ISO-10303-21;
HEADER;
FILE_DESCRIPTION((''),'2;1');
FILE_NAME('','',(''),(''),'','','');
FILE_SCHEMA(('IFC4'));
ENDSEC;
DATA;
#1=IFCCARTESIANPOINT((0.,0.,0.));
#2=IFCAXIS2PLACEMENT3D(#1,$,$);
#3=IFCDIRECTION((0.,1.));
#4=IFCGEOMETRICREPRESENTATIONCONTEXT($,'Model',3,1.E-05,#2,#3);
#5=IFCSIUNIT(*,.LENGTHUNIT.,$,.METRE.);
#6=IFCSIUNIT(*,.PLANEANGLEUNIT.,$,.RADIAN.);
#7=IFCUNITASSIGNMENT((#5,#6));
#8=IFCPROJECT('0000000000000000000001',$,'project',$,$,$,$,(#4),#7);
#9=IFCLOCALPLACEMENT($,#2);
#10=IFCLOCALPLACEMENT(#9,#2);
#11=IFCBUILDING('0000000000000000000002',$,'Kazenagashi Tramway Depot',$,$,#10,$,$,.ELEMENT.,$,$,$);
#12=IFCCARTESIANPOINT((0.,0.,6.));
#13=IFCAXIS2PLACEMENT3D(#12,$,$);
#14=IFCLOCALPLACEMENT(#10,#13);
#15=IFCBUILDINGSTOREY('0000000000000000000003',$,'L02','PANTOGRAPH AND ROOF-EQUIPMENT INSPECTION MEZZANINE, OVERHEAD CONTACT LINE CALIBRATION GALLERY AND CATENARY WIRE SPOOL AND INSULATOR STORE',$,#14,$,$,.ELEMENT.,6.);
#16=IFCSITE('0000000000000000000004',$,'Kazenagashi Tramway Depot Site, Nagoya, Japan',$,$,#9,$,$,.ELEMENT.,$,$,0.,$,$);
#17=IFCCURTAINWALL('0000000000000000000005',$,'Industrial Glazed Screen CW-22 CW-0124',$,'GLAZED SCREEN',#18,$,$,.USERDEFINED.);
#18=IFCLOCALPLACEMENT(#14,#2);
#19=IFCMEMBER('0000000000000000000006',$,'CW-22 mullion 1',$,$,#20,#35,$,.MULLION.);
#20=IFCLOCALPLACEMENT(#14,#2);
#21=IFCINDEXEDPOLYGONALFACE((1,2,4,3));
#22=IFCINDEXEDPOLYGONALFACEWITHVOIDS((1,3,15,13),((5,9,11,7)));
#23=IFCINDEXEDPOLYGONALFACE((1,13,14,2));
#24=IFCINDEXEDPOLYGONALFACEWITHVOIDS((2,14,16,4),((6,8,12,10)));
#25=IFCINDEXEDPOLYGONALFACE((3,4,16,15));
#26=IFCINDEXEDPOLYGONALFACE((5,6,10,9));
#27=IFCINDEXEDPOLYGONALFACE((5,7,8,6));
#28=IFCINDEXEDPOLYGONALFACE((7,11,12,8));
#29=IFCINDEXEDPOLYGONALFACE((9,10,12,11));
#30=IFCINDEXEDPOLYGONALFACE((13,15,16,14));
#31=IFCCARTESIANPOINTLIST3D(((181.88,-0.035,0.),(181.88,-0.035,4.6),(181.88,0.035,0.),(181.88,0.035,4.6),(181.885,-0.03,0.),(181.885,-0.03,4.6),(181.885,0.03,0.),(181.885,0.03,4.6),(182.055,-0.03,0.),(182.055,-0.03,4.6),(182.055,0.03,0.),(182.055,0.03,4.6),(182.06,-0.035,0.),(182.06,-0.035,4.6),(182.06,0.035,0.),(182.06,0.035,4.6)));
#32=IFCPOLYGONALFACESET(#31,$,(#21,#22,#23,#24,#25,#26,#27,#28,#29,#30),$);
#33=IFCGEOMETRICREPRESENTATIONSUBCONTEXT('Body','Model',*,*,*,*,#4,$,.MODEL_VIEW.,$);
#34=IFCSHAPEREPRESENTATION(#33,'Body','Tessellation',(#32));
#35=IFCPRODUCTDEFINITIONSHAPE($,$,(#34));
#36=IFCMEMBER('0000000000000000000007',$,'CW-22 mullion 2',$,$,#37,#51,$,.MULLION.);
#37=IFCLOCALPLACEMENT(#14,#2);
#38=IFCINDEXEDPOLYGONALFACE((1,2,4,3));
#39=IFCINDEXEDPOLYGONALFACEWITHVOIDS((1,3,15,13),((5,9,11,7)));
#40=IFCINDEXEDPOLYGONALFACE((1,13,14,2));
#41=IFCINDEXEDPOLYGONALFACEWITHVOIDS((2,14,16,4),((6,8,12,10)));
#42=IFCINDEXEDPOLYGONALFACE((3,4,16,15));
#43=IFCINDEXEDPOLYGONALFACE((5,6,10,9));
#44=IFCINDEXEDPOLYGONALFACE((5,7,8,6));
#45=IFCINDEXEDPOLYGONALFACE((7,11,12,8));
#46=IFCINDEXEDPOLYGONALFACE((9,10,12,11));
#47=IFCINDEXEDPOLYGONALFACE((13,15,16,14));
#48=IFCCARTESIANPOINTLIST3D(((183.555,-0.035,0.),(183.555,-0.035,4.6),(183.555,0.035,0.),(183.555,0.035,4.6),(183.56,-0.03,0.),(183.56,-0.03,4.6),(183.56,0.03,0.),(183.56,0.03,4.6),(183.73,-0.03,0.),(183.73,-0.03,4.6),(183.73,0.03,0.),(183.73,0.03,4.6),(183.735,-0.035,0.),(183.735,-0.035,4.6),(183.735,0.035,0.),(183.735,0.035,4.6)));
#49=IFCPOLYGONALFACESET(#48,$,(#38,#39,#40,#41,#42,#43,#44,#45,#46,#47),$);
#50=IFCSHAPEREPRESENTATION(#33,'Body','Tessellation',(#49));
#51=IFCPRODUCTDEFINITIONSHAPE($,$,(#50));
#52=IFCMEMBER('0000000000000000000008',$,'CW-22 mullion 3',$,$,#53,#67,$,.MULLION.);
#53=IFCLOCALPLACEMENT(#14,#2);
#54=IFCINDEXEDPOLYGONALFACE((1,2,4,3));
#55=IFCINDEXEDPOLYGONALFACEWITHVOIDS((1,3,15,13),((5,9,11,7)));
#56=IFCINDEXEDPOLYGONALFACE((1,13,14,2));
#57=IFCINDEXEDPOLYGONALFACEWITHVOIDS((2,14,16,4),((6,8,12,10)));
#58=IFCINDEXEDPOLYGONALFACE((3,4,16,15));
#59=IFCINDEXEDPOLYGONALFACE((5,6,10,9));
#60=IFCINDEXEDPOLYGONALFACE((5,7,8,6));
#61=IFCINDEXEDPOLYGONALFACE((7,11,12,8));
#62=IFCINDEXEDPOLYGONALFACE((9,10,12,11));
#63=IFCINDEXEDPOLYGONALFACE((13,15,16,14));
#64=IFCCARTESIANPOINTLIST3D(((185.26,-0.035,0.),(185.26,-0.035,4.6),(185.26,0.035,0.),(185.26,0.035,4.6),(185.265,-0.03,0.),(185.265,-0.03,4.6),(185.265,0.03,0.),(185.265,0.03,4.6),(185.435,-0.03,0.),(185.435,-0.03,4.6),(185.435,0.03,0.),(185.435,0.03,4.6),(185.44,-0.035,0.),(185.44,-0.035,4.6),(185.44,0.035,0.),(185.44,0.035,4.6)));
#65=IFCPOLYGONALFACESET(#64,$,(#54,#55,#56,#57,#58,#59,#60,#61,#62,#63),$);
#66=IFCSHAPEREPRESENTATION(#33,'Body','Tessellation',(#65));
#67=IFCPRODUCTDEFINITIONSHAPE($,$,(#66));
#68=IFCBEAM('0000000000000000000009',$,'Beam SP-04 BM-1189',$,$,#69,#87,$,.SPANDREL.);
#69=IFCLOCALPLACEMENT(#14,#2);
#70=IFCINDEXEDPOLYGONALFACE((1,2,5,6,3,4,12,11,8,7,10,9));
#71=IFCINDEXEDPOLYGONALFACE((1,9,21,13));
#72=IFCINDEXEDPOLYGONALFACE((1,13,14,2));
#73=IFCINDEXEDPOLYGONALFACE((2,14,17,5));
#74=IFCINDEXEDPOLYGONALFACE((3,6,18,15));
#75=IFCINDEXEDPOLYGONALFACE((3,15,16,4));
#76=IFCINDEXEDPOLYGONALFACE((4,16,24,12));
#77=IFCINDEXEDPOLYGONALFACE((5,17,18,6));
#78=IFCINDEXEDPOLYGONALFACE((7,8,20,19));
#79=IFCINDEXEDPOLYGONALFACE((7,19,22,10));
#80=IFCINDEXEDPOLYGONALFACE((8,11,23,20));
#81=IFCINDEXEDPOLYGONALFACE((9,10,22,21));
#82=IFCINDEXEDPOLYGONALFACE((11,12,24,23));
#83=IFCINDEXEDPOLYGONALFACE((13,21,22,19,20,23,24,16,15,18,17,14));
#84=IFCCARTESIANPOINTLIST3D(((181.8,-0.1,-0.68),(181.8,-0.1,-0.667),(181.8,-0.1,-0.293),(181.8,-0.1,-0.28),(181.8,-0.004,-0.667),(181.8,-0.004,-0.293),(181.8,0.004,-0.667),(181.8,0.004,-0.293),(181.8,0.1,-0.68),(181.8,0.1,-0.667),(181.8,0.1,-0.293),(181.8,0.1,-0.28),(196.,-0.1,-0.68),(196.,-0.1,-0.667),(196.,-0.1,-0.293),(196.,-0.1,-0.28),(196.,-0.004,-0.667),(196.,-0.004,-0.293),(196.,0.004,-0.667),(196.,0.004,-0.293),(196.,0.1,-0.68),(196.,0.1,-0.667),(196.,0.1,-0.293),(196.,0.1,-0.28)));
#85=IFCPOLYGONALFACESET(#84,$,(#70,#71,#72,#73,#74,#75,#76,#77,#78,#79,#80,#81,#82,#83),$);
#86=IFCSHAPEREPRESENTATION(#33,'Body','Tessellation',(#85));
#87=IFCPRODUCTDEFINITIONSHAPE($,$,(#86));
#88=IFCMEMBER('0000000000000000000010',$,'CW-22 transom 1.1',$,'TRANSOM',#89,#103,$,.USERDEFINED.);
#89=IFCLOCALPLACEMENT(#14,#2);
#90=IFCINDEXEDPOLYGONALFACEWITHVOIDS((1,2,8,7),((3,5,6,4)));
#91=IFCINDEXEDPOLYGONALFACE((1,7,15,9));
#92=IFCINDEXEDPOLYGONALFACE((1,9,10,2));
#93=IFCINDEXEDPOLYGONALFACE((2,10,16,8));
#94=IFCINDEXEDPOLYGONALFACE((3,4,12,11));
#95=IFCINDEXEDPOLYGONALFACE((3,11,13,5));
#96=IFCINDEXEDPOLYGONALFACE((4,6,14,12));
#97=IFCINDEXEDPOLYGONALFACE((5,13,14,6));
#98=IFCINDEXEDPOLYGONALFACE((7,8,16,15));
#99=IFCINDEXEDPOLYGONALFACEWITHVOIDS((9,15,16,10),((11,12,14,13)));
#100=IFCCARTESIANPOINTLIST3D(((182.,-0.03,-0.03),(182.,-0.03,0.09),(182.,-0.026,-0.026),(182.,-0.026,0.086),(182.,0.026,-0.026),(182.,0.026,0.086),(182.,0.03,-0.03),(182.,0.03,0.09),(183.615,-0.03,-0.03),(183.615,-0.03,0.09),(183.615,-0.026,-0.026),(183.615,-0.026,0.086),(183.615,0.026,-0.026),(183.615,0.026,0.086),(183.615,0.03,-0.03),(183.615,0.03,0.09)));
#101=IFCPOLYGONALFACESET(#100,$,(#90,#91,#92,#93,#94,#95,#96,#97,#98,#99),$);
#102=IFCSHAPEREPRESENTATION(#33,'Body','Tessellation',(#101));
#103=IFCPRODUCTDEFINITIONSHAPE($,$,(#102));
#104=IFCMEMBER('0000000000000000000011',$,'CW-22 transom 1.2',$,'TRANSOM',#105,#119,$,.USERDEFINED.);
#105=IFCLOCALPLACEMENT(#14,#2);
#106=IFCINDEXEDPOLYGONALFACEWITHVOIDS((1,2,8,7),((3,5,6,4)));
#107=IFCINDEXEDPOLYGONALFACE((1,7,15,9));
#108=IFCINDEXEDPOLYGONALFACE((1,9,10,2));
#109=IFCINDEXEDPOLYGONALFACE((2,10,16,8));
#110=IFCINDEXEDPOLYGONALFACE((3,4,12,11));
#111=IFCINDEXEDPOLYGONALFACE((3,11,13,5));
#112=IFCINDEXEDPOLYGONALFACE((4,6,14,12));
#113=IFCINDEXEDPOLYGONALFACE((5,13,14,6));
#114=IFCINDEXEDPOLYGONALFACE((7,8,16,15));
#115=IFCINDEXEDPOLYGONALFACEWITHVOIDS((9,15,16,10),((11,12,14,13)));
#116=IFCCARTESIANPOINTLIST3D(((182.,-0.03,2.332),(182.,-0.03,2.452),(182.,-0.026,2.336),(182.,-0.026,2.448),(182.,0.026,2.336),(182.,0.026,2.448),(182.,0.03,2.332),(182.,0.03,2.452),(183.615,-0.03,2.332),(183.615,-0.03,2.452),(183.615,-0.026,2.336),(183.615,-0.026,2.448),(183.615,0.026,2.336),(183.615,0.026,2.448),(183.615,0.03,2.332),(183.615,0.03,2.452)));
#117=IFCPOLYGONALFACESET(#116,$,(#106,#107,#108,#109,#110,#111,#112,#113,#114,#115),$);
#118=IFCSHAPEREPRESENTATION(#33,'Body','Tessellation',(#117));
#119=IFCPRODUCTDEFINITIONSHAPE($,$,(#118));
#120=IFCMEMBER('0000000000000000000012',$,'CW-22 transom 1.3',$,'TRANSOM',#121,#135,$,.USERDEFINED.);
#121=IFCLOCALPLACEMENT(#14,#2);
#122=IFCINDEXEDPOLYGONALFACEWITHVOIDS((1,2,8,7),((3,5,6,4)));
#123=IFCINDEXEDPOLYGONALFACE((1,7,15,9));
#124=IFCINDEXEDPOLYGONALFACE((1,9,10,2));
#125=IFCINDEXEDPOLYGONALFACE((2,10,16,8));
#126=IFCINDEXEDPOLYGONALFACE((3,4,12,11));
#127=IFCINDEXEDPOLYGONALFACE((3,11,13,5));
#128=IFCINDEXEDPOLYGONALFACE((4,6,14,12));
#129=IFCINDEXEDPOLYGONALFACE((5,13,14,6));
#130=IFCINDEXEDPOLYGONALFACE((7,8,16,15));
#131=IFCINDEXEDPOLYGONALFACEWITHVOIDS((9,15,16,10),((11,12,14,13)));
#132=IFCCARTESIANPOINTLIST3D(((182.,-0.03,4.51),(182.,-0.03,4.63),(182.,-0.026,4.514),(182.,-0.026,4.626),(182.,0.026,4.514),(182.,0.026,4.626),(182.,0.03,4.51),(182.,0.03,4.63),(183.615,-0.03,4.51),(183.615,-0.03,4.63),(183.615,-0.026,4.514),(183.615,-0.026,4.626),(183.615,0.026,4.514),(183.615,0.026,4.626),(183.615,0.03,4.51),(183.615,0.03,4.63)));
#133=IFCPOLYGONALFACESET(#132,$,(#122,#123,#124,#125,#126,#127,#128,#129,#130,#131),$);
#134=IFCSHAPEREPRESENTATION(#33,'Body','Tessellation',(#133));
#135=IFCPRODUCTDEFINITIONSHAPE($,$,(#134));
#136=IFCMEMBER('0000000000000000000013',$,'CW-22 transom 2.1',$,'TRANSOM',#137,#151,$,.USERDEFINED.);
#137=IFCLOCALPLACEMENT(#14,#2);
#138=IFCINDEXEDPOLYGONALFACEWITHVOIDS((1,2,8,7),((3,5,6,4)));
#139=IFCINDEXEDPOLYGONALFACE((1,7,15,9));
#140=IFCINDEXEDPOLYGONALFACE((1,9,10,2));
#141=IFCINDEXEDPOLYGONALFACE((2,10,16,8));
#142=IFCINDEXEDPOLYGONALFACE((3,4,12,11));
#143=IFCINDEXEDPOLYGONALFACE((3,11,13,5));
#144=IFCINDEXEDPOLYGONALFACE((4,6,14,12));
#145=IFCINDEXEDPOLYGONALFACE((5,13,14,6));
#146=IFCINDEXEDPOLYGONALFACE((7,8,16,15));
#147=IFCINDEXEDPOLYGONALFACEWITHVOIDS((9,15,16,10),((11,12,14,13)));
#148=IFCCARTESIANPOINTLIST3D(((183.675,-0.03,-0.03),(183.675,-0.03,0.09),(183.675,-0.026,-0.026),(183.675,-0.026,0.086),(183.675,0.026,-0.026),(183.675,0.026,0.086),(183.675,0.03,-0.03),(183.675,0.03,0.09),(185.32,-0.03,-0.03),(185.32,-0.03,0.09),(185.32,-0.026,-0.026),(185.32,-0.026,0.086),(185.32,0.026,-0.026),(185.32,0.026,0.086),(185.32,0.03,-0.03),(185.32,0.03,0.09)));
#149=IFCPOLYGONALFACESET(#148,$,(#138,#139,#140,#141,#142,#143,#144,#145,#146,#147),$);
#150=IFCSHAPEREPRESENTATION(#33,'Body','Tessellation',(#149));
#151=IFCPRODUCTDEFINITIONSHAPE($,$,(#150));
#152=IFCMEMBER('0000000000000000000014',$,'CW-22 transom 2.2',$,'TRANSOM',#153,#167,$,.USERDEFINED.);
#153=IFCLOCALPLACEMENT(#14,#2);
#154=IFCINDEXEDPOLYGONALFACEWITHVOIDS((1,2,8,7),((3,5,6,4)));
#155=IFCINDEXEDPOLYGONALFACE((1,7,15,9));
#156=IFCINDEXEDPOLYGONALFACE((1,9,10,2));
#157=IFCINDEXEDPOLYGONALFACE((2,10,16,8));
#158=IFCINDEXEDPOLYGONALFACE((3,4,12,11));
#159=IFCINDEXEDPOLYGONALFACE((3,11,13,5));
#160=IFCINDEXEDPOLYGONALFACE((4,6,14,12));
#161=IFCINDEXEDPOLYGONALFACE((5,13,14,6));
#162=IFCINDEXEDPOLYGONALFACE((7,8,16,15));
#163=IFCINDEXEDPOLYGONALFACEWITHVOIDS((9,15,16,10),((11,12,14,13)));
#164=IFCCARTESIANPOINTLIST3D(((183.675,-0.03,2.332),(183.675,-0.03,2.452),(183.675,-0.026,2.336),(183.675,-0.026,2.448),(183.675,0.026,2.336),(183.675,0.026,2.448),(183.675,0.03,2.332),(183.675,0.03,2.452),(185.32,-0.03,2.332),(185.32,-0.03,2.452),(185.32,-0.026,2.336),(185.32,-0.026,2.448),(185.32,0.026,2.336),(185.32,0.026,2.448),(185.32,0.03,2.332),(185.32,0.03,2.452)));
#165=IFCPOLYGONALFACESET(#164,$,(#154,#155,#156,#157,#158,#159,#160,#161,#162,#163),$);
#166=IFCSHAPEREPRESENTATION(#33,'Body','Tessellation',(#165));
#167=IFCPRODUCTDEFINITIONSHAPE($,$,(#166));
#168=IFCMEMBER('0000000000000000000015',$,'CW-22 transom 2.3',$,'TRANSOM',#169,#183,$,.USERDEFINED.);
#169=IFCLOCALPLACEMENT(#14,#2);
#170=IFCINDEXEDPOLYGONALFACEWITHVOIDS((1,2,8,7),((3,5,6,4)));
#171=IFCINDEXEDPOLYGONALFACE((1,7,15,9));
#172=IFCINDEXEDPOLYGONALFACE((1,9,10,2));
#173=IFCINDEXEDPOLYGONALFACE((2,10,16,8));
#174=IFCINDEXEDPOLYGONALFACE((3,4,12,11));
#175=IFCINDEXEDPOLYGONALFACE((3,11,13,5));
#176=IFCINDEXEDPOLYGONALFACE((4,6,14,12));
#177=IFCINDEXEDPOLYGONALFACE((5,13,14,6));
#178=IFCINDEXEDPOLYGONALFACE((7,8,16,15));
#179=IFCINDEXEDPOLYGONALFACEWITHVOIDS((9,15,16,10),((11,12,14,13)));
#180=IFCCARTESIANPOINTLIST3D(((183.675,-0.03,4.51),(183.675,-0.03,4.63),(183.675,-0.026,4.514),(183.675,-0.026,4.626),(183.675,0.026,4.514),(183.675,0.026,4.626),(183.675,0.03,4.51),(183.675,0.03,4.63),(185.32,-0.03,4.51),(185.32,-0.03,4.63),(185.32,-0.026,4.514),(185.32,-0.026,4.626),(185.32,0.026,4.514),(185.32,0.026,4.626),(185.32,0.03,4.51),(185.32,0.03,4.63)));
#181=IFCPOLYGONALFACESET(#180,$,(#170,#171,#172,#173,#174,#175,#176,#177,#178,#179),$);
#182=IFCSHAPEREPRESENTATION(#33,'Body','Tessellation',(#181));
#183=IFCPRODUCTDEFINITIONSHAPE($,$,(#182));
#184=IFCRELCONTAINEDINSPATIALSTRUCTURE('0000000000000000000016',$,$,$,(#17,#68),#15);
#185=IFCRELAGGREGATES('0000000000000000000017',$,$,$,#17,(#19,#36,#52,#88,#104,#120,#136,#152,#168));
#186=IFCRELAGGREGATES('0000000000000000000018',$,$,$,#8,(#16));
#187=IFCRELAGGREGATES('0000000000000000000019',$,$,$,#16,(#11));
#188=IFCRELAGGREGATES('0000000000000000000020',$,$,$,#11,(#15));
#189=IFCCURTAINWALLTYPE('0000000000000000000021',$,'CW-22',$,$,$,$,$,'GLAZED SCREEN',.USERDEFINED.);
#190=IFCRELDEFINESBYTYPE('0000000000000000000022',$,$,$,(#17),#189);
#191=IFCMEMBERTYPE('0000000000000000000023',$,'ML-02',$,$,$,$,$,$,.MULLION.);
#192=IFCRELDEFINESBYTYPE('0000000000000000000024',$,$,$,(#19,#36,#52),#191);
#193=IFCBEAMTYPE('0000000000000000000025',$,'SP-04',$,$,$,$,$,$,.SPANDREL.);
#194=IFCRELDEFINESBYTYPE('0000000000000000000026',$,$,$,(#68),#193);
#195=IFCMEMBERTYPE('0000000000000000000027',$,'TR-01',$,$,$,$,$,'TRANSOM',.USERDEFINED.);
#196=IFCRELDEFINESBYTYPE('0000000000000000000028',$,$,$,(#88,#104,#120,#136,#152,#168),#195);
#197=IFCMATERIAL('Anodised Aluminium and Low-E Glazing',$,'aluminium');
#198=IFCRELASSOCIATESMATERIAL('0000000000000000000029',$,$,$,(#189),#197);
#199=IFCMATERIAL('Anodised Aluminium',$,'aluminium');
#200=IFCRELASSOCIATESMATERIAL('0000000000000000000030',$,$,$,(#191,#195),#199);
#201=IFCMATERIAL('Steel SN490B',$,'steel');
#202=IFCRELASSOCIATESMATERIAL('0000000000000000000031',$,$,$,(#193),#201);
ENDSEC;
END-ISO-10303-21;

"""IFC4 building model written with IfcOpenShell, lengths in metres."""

from ifc_helpers import new_model, si_unit, direction, frame, origin, origin_2d, place, context, subcontext, project, spatial, hollow_rectangle, i_section, extrude, material, material_profile, profile_set, type_object, element, aggregate, save


model = new_model("IFC4")

# Units and contexts
model_context = context("Model", 3, precision=1e-05, world=origin(), true_north=direction((0.0, 1.0)))
body_context = subcontext(model_context, "Body", "Model", "MODEL_VIEW")
ifc_project = project(units=[si_unit("LENGTHUNIT", "METRE"), si_unit("PLANEANGLEUNIT", "RADIAN")], contexts=[model_context])

# Site, building, storey
site_placement = place(None, origin())
site = spatial("IfcSite", under=ifc_project, at=site_placement, Name="Kazenagashi Tramway Depot Site, Nagoya, Japan", CompositionType="ELEMENT", RefElevation=0.0)
building_placement = place(site_placement, origin())
building = spatial("IfcBuilding", under=site, at=building_placement, Name="Kazenagashi Tramway Depot", CompositionType="ELEMENT")
storey_placement = place(building_placement, frame((0.0, 0.0, 6.0)))
storey = spatial("IfcBuildingStorey", under=building, at=storey_placement, Name="L02", Description="PANTOGRAPH AND ROOF-EQUIPMENT INSPECTION MEZZANINE, OVERHEAD CONTACT LINE CALIBRATION GALLERY AND CATENARY WIRE SPOOL AND INSULATOR STORE", CompositionType="ELEMENT", Elevation=6.0)

# Shared definitions
ifc_material_1 = material(Name="Steel SN490B", Category="steel")

# Curtain wall, members
ifc_material_2 = material(Name="Anodised Aluminium and Low-E Glazing", Category="aluminium")
curtain_wall_type = type_object("IfcCurtainWallType", Name="CW-22", ElementType="GLAZED SCREEN", PredefinedType="USERDEFINED", material=ifc_material_2)
curtain_wall_placement = place(storey_placement, origin())
curtain_wall = element("IfcCurtainWall", 1, at=curtain_wall_placement, inside=storey, type_object=curtain_wall_type, Name="Industrial Glazed Screen CW-22 CW-0124", ObjectType="GLAZED SCREEN", PredefinedType="USERDEFINED")
ifc_material_3 = material(Name="Anodised Aluminium", Category="aluminium")
ifc_material_profile_1 = material_profile(ifc_material_3, hollow_rectangle(XDim=0.07, YDim=0.18, WallThickness=0.005, at=origin_2d()), Name="RHS-180x70x5")
ifc_profile_set_1 = profile_set([ifc_material_profile_1], Name="Anodised Aluminium")
member_type_1 = type_object("IfcMemberType", Name="ML-02", PredefinedType="MULLION", material=ifc_profile_set_1)
member_1_placement = place(storey_placement, frame((181.97, 0.0, 0.0), z_axis=(0.0, 0.0, 1.0), x_axis=(0.0, 1.0, 0.0)))
member_1 = element("IfcMember", 2, at=member_1_placement, type_object=member_type_1, Name="CW-22 mullion 1", PredefinedType="MULLION", context=body_context, shape_type="SweptSolid", body=[
    extrude(hollow_rectangle(XDim=0.07, YDim=0.18, WallThickness=0.005, at=origin_2d()), origin(), (0.0, 0.0, 1.0), 4.6),
])
member_2_placement = place(storey_placement, frame((183.645, 0.0, 0.0), z_axis=(0.0, 0.0, 1.0), x_axis=(0.0, 1.0, 0.0)))
member_2 = element("IfcMember", 3, at=member_2_placement, type_object=member_type_1, Name="CW-22 mullion 2", PredefinedType="MULLION", context=body_context, shape_type="SweptSolid", body=[
    extrude(hollow_rectangle(XDim=0.07, YDim=0.18, WallThickness=0.005, at=origin_2d()), origin(), (0.0, 0.0, 1.0), 4.6),
])
member_3_placement = place(storey_placement, frame((185.35, 0.0, 0.0), z_axis=(0.0, 0.0, 1.0), x_axis=(0.0, 1.0, 0.0)))
member_3 = element("IfcMember", 4, at=member_3_placement, type_object=member_type_1, Name="CW-22 mullion 3", PredefinedType="MULLION", context=body_context, shape_type="SweptSolid", body=[
    extrude(hollow_rectangle(XDim=0.07, YDim=0.18, WallThickness=0.005, at=origin_2d()), origin(), (0.0, 0.0, 1.0), 4.6),
])

# Beam
ifc_material_profile_2 = material_profile(ifc_material_1, i_section(OverallWidth=0.2, OverallDepth=0.4, WebThickness=0.008, FlangeThickness=0.013, at=origin_2d()), Name="H-400x200x8x13")
ifc_profile_set_2 = profile_set([ifc_material_profile_2], Name="Steel SN490B")
beam_type_1 = type_object("IfcBeamType", Name="SP-04", PredefinedType="SPANDREL", material=ifc_profile_set_2)
beam_1_placement = place(storey_placement, frame((181.8, 0.0, -0.48), z_axis=(1.0, 0.0, 0.0), x_axis=(0.0, 1.0, 0.0)))
element("IfcBeam", 5, at=beam_1_placement, inside=storey, type_object=beam_type_1, Name="Beam SP-04 BM-1189", PredefinedType="SPANDREL", context=body_context, shape_type="SweptSolid", body=[
    extrude(i_section(OverallWidth=0.2, OverallDepth=0.4, WebThickness=0.008, FlangeThickness=0.013, at=origin_2d()), origin(), (0.0, 0.0, 1.0), 14.2),
])

# Members
ifc_material_profile_3 = material_profile(ifc_material_3, hollow_rectangle(XDim=0.06, YDim=0.12, WallThickness=0.004, at=origin_2d()), Name="RHS-120x60x4")
ifc_profile_set_3 = profile_set([ifc_material_profile_3], Name="Anodised Aluminium")
member_type_2 = type_object("IfcMemberType", Name="TR-01", ElementType="TRANSOM", PredefinedType="USERDEFINED", material=ifc_profile_set_3)
member_4_placement = place(storey_placement, frame((182.0, 0.0, 0.03), z_axis=(1.0, 0.0, 0.0), x_axis=(0.0, 1.0, 0.0)))
member_4 = element("IfcMember", 6, at=member_4_placement, type_object=member_type_2, Name="CW-22 transom 1.1", ObjectType="TRANSOM", PredefinedType="USERDEFINED", context=body_context, shape_type="SweptSolid", body=[
    extrude(hollow_rectangle(XDim=0.06, YDim=0.12, WallThickness=0.004, at=origin_2d()), origin(), (0.0, 0.0, 1.0), 1.615),
])
member_5_placement = place(storey_placement, frame((182.0, 0.0, 2.392), z_axis=(1.0, 0.0, 0.0), x_axis=(0.0, 1.0, 0.0)))
member_5 = element("IfcMember", 7, at=member_5_placement, type_object=member_type_2, Name="CW-22 transom 1.2", ObjectType="TRANSOM", PredefinedType="USERDEFINED", context=body_context, shape_type="SweptSolid", body=[
    extrude(hollow_rectangle(XDim=0.06, YDim=0.12, WallThickness=0.004, at=origin_2d()), origin(), (0.0, 0.0, 1.0), 1.615),
])
member_6_placement = place(storey_placement, frame((182.0, 0.0, 4.57), z_axis=(1.0, 0.0, 0.0), x_axis=(0.0, 1.0, 0.0)))
member_6 = element("IfcMember", 8, at=member_6_placement, type_object=member_type_2, Name="CW-22 transom 1.3", ObjectType="TRANSOM", PredefinedType="USERDEFINED", context=body_context, shape_type="SweptSolid", body=[
    extrude(hollow_rectangle(XDim=0.06, YDim=0.12, WallThickness=0.004, at=origin_2d()), origin(), (0.0, 0.0, 1.0), 1.615),
])
member_7_placement = place(storey_placement, frame((183.675, 0.0, 0.03), z_axis=(1.0, 0.0, 0.0), x_axis=(0.0, 1.0, 0.0)))
member_7 = element("IfcMember", 9, at=member_7_placement, type_object=member_type_2, Name="CW-22 transom 2.1", ObjectType="TRANSOM", PredefinedType="USERDEFINED", context=body_context, shape_type="SweptSolid", body=[
    extrude(hollow_rectangle(XDim=0.06, YDim=0.12, WallThickness=0.004, at=origin_2d()), origin(), (0.0, 0.0, 1.0), 1.645),
])
member_8_placement = place(storey_placement, frame((183.675, 0.0, 2.392), z_axis=(1.0, 0.0, 0.0), x_axis=(0.0, 1.0, 0.0)))
member_8 = element("IfcMember", 10, at=member_8_placement, type_object=member_type_2, Name="CW-22 transom 2.2", ObjectType="TRANSOM", PredefinedType="USERDEFINED", context=body_context, shape_type="SweptSolid", body=[
    extrude(hollow_rectangle(XDim=0.06, YDim=0.12, WallThickness=0.004, at=origin_2d()), origin(), (0.0, 0.0, 1.0), 1.645),
])
member_9_placement = place(storey_placement, frame((183.675, 0.0, 4.57), z_axis=(1.0, 0.0, 0.0), x_axis=(0.0, 1.0, 0.0)))
member_9 = element("IfcMember", 11, at=member_9_placement, type_object=member_type_2, Name="CW-22 transom 2.3", ObjectType="TRANSOM", PredefinedType="USERDEFINED", context=body_context, shape_type="SweptSolid", body=[
    extrude(hollow_rectangle(XDim=0.06, YDim=0.12, WallThickness=0.004, at=origin_2d()), origin(), (0.0, 0.0, 1.0), 1.645),
])

aggregate(curtain_wall, [member_1, member_2, member_3, member_4, member_5, member_6, member_7, member_8, member_9])

save(model, "model.ifc")
